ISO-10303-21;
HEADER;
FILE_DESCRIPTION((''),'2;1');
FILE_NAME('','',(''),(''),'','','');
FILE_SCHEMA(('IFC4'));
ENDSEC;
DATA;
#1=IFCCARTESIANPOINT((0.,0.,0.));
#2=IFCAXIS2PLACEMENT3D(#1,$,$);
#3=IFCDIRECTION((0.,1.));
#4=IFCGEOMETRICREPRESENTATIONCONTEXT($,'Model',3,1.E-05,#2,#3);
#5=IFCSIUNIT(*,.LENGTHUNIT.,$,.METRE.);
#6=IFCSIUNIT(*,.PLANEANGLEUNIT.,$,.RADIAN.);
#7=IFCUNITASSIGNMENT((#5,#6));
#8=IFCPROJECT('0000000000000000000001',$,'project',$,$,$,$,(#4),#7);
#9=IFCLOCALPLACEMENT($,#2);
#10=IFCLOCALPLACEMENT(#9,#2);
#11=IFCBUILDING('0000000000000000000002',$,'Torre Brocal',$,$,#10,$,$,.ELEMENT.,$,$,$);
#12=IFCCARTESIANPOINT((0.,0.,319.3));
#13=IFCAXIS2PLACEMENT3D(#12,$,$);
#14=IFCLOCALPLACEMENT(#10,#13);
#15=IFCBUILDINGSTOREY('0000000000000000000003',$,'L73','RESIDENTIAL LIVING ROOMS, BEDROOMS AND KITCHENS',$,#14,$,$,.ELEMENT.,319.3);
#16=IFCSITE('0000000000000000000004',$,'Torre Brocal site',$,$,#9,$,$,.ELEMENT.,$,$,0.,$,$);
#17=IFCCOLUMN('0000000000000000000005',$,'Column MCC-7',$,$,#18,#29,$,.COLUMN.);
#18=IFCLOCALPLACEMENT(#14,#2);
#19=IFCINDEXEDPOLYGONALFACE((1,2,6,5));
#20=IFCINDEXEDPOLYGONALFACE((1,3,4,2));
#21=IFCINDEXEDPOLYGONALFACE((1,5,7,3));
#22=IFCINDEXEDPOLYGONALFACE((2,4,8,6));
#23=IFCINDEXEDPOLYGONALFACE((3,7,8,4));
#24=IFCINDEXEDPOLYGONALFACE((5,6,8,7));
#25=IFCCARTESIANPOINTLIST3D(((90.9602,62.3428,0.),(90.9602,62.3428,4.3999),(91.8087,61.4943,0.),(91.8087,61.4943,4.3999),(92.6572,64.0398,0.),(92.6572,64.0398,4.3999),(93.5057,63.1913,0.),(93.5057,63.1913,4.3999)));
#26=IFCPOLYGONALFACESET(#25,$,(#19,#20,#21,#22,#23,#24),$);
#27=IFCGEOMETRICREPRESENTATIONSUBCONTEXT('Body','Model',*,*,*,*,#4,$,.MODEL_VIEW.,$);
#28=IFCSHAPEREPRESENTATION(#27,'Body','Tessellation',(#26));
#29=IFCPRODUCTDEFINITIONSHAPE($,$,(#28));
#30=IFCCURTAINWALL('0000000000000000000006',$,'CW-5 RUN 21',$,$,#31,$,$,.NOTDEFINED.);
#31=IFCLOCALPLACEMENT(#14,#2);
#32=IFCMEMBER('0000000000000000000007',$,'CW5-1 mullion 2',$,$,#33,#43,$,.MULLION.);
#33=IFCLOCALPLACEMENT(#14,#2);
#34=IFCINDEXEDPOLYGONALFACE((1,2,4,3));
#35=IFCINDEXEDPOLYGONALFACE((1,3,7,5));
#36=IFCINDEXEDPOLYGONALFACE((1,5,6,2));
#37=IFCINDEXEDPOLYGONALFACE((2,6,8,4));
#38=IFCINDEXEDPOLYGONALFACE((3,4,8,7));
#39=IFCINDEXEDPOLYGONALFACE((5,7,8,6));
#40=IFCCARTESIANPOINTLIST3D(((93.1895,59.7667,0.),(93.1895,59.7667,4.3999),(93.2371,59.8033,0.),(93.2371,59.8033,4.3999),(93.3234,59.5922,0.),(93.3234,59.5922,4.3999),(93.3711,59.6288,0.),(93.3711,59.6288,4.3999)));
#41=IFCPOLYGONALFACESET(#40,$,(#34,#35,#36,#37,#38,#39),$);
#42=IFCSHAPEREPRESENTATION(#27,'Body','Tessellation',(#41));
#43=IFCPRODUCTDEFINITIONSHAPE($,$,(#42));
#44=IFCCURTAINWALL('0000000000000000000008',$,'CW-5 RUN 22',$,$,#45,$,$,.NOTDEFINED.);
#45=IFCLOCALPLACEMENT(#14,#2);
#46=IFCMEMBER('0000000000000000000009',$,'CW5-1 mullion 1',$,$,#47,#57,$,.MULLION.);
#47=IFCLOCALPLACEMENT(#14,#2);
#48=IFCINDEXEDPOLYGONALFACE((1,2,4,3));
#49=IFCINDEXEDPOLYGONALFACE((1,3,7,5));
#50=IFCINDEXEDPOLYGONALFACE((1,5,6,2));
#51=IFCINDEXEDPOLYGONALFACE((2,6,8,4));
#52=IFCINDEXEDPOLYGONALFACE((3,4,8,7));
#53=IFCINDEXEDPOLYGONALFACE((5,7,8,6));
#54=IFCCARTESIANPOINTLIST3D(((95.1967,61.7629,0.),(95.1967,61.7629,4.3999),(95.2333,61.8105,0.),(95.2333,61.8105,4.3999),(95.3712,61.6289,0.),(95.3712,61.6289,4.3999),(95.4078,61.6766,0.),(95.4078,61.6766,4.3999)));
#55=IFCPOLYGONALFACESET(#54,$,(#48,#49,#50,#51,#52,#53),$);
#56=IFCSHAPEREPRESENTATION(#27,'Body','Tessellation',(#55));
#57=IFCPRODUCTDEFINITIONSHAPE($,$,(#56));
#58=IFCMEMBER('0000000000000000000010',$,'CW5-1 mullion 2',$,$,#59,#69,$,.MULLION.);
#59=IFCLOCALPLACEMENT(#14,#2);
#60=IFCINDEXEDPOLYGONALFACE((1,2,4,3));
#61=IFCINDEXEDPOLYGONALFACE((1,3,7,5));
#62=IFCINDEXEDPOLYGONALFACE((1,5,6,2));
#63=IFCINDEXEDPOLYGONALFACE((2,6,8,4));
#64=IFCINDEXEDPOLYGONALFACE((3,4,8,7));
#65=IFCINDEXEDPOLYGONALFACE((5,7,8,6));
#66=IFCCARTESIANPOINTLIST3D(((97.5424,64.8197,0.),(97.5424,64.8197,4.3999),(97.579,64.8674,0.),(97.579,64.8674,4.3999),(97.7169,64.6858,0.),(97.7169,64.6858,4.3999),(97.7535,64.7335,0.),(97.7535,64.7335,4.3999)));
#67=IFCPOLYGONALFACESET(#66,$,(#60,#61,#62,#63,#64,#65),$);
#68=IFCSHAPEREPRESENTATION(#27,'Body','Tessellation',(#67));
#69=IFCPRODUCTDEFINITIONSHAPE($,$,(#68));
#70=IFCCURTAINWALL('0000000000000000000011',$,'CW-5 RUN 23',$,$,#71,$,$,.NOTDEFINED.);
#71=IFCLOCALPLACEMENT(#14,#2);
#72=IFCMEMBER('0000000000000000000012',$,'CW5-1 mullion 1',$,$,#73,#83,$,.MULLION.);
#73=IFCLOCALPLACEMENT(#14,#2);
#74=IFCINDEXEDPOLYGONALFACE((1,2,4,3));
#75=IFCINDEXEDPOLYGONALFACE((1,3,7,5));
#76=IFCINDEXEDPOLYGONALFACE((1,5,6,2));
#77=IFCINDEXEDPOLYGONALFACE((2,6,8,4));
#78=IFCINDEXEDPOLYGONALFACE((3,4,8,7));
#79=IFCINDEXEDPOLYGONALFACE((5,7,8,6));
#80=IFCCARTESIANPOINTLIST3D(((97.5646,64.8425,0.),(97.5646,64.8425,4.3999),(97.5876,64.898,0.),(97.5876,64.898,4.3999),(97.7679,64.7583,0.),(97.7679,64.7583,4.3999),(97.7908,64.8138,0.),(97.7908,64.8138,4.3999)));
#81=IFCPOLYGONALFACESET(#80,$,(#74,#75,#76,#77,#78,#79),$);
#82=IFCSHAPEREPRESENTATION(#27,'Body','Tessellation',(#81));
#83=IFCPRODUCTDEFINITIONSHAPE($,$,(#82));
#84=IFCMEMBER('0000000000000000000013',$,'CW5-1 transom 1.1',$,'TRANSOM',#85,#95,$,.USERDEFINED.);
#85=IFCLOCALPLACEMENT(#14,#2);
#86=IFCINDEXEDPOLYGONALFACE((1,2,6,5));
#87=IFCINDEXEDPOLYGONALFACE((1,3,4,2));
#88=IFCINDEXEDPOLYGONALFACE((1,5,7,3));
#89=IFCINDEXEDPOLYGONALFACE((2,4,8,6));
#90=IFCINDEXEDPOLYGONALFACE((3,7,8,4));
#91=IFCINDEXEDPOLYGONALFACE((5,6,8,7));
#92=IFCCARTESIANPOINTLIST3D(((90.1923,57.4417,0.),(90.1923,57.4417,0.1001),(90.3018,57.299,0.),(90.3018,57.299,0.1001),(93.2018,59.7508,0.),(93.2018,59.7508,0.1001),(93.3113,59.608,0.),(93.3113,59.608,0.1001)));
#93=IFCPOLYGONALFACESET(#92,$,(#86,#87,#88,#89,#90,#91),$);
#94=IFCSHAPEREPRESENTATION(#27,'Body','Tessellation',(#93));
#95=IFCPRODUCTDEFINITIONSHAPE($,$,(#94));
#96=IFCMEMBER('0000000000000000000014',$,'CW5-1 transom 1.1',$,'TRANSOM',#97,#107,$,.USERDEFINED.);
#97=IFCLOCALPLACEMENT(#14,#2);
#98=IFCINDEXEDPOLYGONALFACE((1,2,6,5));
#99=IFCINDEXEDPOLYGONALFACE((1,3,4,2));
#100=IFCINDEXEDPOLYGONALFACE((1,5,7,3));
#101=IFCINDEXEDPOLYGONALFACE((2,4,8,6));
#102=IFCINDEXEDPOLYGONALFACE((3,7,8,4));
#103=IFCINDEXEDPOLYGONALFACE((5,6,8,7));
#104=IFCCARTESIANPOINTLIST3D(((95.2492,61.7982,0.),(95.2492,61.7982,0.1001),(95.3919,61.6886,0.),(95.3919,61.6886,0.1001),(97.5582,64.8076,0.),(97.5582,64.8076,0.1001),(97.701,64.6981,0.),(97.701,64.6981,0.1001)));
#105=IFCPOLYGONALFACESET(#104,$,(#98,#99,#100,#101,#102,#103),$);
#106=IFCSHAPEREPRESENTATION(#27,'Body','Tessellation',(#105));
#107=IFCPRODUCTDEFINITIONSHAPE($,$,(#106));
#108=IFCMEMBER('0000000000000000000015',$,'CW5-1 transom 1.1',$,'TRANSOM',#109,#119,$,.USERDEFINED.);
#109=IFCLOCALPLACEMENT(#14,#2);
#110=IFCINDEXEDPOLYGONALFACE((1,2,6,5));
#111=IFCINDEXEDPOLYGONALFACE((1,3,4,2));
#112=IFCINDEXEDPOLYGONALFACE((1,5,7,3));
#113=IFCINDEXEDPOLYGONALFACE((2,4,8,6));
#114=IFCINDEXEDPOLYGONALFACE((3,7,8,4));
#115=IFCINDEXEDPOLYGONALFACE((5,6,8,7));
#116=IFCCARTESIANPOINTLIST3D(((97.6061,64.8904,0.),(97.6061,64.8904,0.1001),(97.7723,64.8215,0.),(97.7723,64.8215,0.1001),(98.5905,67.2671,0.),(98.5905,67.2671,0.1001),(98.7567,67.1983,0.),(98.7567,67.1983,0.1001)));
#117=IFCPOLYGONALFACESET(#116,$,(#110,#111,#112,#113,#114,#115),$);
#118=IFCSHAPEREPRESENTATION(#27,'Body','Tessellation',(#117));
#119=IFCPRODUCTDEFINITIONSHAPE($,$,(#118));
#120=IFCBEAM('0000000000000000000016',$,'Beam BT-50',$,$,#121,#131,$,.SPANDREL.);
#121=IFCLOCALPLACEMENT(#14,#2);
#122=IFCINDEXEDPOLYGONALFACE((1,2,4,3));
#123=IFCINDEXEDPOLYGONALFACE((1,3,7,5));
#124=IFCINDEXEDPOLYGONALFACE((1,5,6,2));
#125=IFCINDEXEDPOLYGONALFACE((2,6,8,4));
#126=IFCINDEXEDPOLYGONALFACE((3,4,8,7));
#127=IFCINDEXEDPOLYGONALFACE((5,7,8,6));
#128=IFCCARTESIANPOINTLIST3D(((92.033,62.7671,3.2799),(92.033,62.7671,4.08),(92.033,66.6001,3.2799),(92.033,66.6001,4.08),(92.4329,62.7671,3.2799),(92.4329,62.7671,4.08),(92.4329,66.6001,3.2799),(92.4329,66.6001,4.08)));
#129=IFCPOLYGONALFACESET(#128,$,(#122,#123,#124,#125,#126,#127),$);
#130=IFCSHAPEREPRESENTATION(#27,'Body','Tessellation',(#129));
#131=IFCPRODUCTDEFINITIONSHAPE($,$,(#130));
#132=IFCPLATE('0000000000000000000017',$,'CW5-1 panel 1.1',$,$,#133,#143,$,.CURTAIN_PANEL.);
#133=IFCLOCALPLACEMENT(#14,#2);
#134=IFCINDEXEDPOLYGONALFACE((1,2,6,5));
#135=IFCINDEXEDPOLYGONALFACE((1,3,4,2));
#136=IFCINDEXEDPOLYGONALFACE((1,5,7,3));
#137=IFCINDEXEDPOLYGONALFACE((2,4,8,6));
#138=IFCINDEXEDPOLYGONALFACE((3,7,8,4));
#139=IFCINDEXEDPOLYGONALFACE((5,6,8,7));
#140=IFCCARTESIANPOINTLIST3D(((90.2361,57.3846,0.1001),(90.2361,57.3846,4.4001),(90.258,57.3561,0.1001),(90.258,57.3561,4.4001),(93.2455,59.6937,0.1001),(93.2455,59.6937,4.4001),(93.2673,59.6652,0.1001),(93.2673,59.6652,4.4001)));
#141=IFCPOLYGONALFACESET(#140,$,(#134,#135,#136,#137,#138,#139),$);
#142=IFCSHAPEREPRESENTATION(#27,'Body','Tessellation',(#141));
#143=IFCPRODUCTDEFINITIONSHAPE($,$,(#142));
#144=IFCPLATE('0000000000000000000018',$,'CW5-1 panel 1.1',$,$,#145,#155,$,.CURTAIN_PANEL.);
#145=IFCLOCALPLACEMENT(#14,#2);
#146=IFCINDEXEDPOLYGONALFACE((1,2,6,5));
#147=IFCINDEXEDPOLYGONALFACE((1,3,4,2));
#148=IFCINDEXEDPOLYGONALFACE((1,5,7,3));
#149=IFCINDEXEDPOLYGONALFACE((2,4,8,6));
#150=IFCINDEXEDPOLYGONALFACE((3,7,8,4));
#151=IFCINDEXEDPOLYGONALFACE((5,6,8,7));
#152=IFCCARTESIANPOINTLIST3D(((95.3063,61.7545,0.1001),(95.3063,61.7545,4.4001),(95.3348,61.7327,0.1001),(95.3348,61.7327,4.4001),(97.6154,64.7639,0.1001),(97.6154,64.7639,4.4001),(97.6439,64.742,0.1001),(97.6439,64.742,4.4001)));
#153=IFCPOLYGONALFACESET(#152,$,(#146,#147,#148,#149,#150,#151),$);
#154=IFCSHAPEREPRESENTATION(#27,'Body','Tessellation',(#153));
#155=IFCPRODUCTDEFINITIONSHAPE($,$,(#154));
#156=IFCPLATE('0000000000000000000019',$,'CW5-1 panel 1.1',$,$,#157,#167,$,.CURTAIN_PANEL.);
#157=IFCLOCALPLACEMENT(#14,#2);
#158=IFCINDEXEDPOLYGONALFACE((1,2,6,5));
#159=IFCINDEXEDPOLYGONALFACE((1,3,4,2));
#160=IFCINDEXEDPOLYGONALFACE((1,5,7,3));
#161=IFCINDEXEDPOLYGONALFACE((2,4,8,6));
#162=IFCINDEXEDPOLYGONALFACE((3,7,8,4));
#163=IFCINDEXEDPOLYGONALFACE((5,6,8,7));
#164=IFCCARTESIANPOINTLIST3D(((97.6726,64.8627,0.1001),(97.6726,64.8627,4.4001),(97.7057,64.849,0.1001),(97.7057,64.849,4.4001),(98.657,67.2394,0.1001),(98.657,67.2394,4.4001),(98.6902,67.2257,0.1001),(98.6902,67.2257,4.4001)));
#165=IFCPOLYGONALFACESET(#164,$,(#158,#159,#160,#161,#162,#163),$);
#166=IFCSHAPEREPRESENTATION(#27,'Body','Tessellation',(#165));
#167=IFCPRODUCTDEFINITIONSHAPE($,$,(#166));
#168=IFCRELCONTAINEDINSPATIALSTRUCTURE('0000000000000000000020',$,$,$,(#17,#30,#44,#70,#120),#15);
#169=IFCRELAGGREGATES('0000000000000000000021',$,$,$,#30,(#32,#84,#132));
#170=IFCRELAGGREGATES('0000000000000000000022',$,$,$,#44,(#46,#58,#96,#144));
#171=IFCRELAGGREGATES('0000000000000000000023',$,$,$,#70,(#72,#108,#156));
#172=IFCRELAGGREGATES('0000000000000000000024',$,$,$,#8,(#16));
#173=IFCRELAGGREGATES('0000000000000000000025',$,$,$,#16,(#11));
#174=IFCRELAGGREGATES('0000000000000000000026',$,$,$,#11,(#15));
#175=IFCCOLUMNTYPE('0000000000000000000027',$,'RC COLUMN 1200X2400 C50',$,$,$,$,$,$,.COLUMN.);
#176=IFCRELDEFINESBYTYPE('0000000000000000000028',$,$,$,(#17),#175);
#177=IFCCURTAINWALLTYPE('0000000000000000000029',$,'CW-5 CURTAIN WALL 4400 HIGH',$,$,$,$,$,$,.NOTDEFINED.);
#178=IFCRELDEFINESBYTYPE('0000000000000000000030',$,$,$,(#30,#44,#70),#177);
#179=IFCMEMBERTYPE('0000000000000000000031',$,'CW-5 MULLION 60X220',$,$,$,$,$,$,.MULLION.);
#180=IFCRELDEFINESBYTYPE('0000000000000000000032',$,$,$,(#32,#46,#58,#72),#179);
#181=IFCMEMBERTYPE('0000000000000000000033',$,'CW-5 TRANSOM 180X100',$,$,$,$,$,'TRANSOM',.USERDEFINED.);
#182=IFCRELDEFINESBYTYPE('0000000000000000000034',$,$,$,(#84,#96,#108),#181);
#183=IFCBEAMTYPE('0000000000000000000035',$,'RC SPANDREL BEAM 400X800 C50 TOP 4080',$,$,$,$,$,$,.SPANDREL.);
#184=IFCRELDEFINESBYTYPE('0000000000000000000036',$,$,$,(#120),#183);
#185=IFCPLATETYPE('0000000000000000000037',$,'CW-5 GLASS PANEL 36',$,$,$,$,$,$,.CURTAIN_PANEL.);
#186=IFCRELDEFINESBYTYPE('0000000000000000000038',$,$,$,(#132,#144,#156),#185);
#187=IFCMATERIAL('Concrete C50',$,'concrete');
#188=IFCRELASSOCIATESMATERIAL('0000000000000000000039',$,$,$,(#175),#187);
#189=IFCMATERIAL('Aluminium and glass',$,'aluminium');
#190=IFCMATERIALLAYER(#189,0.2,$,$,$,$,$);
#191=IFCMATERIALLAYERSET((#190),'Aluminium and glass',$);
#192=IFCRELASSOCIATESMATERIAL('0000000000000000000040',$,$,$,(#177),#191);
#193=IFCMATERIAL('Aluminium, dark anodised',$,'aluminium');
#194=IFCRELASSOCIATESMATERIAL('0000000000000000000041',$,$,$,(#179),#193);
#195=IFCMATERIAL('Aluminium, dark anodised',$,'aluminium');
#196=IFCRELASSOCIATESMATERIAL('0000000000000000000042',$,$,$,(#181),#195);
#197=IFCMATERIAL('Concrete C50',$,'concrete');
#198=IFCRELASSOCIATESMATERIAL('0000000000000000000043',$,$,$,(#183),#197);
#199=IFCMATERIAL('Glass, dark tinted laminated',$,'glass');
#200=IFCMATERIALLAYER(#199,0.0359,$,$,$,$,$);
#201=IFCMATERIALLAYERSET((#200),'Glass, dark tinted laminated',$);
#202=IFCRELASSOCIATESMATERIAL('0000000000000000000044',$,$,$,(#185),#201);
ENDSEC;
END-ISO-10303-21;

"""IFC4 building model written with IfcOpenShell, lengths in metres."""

from ifc_helpers import new_model, si_unit, direction, frame, origin, origin_2d, place, context, subcontext, project, spatial, rectangle, extrude, material, layer, layer_set, material_profile, profile_set, type_object, element, aggregate, save


model = new_model("IFC4")

# Units and contexts
model_context = context("Model", 3, precision=1e-05, world=origin(), true_north=direction((0.0, 1.0)))
body_context = subcontext(model_context, "Body", "Model", "MODEL_VIEW")
ifc_project = project(units=[si_unit("LENGTHUNIT", "METRE"), si_unit("PLANEANGLEUNIT", "RADIAN")], contexts=[model_context])

# Site, building, storey
site_placement = place(None, origin())
site = spatial("IfcSite", under=ifc_project, at=site_placement, Name="Torre Brocal site", CompositionType="ELEMENT", RefElevation=0.0)
building_placement = place(site_placement, origin())
building = spatial("IfcBuilding", under=site, at=building_placement, Name="Torre Brocal", CompositionType="ELEMENT")
storey_placement = place(building_placement, frame((0.0, 0.0, 319.3)))
storey = spatial("IfcBuildingStorey", under=building, at=storey_placement, Name="L73", Description="RESIDENTIAL LIVING ROOMS, BEDROOMS AND KITCHENS", CompositionType="ELEMENT", Elevation=319.3)

# Column
ifc_material_1 = material(Name="Concrete C50", Category="concrete")
ifc_material_profile_1 = material_profile(ifc_material_1, rectangle(XDim=1.2, YDim=2.3999, at=origin_2d()), Name="RC 1200X2400")
ifc_profile_set_1 = profile_set([ifc_material_profile_1], Name="Concrete C50")
column_type = type_object("IfcColumnType", Name="RC COLUMN 1200X2400 C50", PredefinedType="COLUMN", material=ifc_profile_set_1)
column_placement = place(storey_placement, frame((92.2329, 62.7671, 0.0), z_axis=(0.0, 0.0, 1.0), x_axis=(0.707107, -0.707107, 0.0)))
element("IfcColumn", 1, at=column_placement, inside=storey, type_object=column_type, Name="Column MCC-7", PredefinedType="COLUMN", context=body_context, shape_type="SweptSolid", body=[
    extrude(rectangle(XDim=1.2, YDim=2.3999, at=origin_2d()), origin(), (0.0, 0.0, 1.0), 4.3999),
])

# Curtain wall, member
ifc_material_2 = material(Name="Aluminium and glass", Category="aluminium")
ifc_layer_1 = layer(ifc_material_2, 0.2)
ifc_layer_set_1 = layer_set([ifc_layer_1], Name="Aluminium and glass")
curtain_wall_type = type_object("IfcCurtainWallType", Name="CW-5 CURTAIN WALL 4400 HIGH", PredefinedType="NOTDEFINED", material=ifc_layer_set_1)
curtain_wall_1_placement = place(storey_placement, origin())
curtain_wall_1 = element("IfcCurtainWall", 2, at=curtain_wall_1_placement, inside=storey, type_object=curtain_wall_type, Name="CW-5 RUN 21", PredefinedType="NOTDEFINED")
ifc_material_3 = material(Name="Aluminium, dark anodised", Category="aluminium")
ifc_material_profile_2 = material_profile(ifc_material_3, rectangle(XDim=0.22, YDim=0.0601, at=origin_2d()), Name="CW-5 MULLION 60X220")
ifc_profile_set_2 = profile_set([ifc_material_profile_2], Name="Aluminium, dark anodised")
member_type_1 = type_object("IfcMemberType", Name="CW-5 MULLION 60X220", PredefinedType="MULLION", material=ifc_profile_set_2)
member_1_placement = place(storey_placement, frame((93.2803, 59.6978, 0.0), z_axis=(0.0, 0.0, 1.0), x_axis=(-0.608761, 0.793353, 0.0)))
member_1 = element("IfcMember", 3, at=member_1_placement, type_object=member_type_1, Name="CW5-1 mullion 2", PredefinedType="MULLION", context=body_context, shape_type="SweptSolid", body=[
    extrude(rectangle(XDim=0.22, YDim=0.0601, at=origin_2d()), origin(), (0.0, 0.0, 1.0), 4.3999),
])

# Curtain wall, members
curtain_wall_2_placement = place(storey_placement, origin())
curtain_wall_2 = element("IfcCurtainWall", 4, at=curtain_wall_2_placement, inside=storey, type_object=curtain_wall_type, Name="CW-5 RUN 22", PredefinedType="NOTDEFINED")
member_2_placement = place(storey_placement, frame((95.3022, 61.7197, 0.0), z_axis=(0.0, 0.0, 1.0), x_axis=(-0.793353, 0.608761, 0.0)))
member_2 = element("IfcMember", 5, at=member_2_placement, type_object=member_type_1, Name="CW5-1 mullion 1", PredefinedType="MULLION", context=body_context, shape_type="SweptSolid", body=[
    extrude(rectangle(XDim=0.22, YDim=0.0601, at=origin_2d()), origin(), (0.0, 0.0, 1.0), 4.3999),
])
member_3_placement = place(storey_placement, frame((97.6479, 64.7766, 0.0), z_axis=(0.0, 0.0, 1.0), x_axis=(-0.793353, 0.608761, 0.0)))
member_3 = element("IfcMember", 6, at=member_3_placement, type_object=member_type_1, Name="CW5-1 mullion 2", PredefinedType="MULLION", context=body_context, shape_type="SweptSolid", body=[
    extrude(rectangle(XDim=0.22, YDim=0.0601, at=origin_2d()), origin(), (0.0, 0.0, 1.0), 4.3999),
])

# Curtain wall, member
curtain_wall_3_placement = place(storey_placement, origin())
curtain_wall_3 = element("IfcCurtainWall", 7, at=curtain_wall_3_placement, inside=storey, type_object=curtain_wall_type, Name="CW-5 RUN 23", PredefinedType="NOTDEFINED")
member_4_placement = place(storey_placement, frame((97.6777, 64.8281, 0.0), z_axis=(0.0, 0.0, 1.0), x_axis=(-0.92388, 0.382683, 0.0)))
member_4 = element("IfcMember", 8, at=member_4_placement, type_object=member_type_1, Name="CW5-1 mullion 1", PredefinedType="MULLION", context=body_context, shape_type="SweptSolid", body=[
    extrude(rectangle(XDim=0.22, YDim=0.0601, at=origin_2d()), origin(), (0.0, 0.0, 1.0), 4.3999),
])

# Members
ifc_material_4 = material(Name="Aluminium, dark anodised", Category="aluminium")
ifc_material_profile_3 = material_profile(ifc_material_4, rectangle(XDim=0.1799, YDim=0.1001, at=origin_2d()), Name="CW-5 TRANSOM 180X100")
ifc_profile_set_3 = profile_set([ifc_material_profile_3], Name="Aluminium, dark anodised")
member_type_2 = type_object("IfcMemberType", Name="CW-5 TRANSOM 180X100", ElementType="TRANSOM", PredefinedType="USERDEFINED", material=ifc_profile_set_3)
member_5_placement = place(storey_placement, frame((90.2471, 57.3704, 0.05), z_axis=(0.793379, 0.608727, 0.0), x_axis=(-0.608727, 0.793379, 0.0)))
member_5 = element("IfcMember", 9, at=member_5_placement, type_object=member_type_2, Name="CW5-1 transom 1.1", ObjectType="TRANSOM", PredefinedType="USERDEFINED", context=body_context, shape_type="SweptSolid", body=[
    extrude(rectangle(XDim=0.1799, YDim=0.1001, at=origin_2d()), origin(), (0.0, 0.0, 1.0), 3.7932),
])
member_6_placement = place(storey_placement, frame((95.3206, 61.7434, 0.05), z_axis=(0.608727, 0.793379, 0.0), x_axis=(-0.793379, 0.608727, 0.0)))
member_6 = element("IfcMember", 10, at=member_6_placement, type_object=member_type_2, Name="CW5-1 transom 1.1", ObjectType="TRANSOM", PredefinedType="USERDEFINED", context=body_context, shape_type="SweptSolid", body=[
    extrude(rectangle(XDim=0.1799, YDim=0.1001, at=origin_2d()), origin(), (0.0, 0.0, 1.0), 3.7932),
])
member_7_placement = place(storey_placement, frame((97.6892, 64.856, 0.05), z_axis=(0.382654, 0.923892, 0.0), x_axis=(-0.923892, 0.382654, 0.0)))
member_7 = element("IfcMember", 11, at=member_7_placement, type_object=member_type_2, Name="CW5-1 transom 1.1", ObjectType="TRANSOM", PredefinedType="USERDEFINED", context=body_context, shape_type="SweptSolid", body=[
    extrude(rectangle(XDim=0.1799, YDim=0.1001, at=origin_2d()), origin(), (0.0, 0.0, 1.0), 2.5725),
])

# Beam
ifc_material_5 = material(Name="Concrete C50", Category="concrete")
ifc_material_profile_4 = material_profile(ifc_material_5, rectangle(XDim=0.3999, YDim=0.8, at=origin_2d()), Name="RC 400X800")
ifc_profile_set_4 = profile_set([ifc_material_profile_4], Name="Concrete C50")
beam_type = type_object("IfcBeamType", Name="RC SPANDREL BEAM 400X800 C50 TOP 4080", PredefinedType="SPANDREL", material=ifc_profile_set_4)
beam_placement = place(storey_placement, frame((92.2329, 62.7671, 3.6799), z_axis=(0.0, 1.0, 0.0), x_axis=(-1.0, 0.0, 0.0)))
element("IfcBeam", 12, at=beam_placement, inside=storey, type_object=beam_type, Name="Beam BT-50", PredefinedType="SPANDREL", context=body_context, shape_type="SweptSolid", body=[
    extrude(rectangle(XDim=0.3999, YDim=0.8, at=origin_2d()), origin(), (0.0, 0.0, 1.0), 3.833),
])

# Plates
ifc_material_6 = material(Name="Glass, dark tinted laminated", Category="glass")
ifc_layer_2 = layer(ifc_material_6, 0.0359)
ifc_layer_set_2 = layer_set([ifc_layer_2], Name="Glass, dark tinted laminated")
plate_type = type_object("IfcPlateType", Name="CW-5 GLASS PANEL 36", PredefinedType="CURTAIN_PANEL", material=ifc_layer_set_2)
plate_1_placement = place(storey_placement, frame((91.7517, 58.5249, 0.1001), z_axis=(0.0, 0.0, 1.0), x_axis=(0.793353, 0.608761, 0.0)))
plate_1 = element("IfcPlate", 13, at=plate_1_placement, type_object=plate_type, Name="CW5-1 panel 1.1", PredefinedType="CURTAIN_PANEL", context=body_context, shape_type="SweptSolid", body=[
    extrude(rectangle(XDim=3.7932, YDim=0.0359, at=origin_2d()), origin(), (0.0, 0.0, 1.0), 4.3),
])
aggregate(curtain_wall_1, [member_1, member_5, plate_1])
plate_2_placement = place(storey_placement, frame((96.4751, 63.2483, 0.1001), z_axis=(0.0, 0.0, 1.0), x_axis=(0.608761, 0.793353, 0.0)))
plate_2 = element("IfcPlate", 14, at=plate_2_placement, type_object=plate_type, Name="CW5-1 panel 1.1", PredefinedType="CURTAIN_PANEL", context=body_context, shape_type="SweptSolid", body=[
    extrude(rectangle(XDim=3.7932, YDim=0.0359, at=origin_2d()), origin(), (0.0, 0.0, 1.0), 4.3),
])
aggregate(curtain_wall_2, [member_2, member_3, member_6, plate_2])
plate_3_placement = place(storey_placement, frame((98.1814, 66.0442, 0.1001), z_axis=(0.0, 0.0, 1.0), x_axis=(0.382683, 0.92388, 0.0)))
plate_3 = element("IfcPlate", 15, at=plate_3_placement, type_object=plate_type, Name="CW5-1 panel 1.1", PredefinedType="CURTAIN_PANEL", context=body_context, shape_type="SweptSolid", body=[
    extrude(rectangle(XDim=2.5725, YDim=0.0359, at=origin_2d()), origin(), (0.0, 0.0, 1.0), 4.3),
])
aggregate(curtain_wall_3, [member_4, member_7, plate_3])

save(model, "model.ifc")
